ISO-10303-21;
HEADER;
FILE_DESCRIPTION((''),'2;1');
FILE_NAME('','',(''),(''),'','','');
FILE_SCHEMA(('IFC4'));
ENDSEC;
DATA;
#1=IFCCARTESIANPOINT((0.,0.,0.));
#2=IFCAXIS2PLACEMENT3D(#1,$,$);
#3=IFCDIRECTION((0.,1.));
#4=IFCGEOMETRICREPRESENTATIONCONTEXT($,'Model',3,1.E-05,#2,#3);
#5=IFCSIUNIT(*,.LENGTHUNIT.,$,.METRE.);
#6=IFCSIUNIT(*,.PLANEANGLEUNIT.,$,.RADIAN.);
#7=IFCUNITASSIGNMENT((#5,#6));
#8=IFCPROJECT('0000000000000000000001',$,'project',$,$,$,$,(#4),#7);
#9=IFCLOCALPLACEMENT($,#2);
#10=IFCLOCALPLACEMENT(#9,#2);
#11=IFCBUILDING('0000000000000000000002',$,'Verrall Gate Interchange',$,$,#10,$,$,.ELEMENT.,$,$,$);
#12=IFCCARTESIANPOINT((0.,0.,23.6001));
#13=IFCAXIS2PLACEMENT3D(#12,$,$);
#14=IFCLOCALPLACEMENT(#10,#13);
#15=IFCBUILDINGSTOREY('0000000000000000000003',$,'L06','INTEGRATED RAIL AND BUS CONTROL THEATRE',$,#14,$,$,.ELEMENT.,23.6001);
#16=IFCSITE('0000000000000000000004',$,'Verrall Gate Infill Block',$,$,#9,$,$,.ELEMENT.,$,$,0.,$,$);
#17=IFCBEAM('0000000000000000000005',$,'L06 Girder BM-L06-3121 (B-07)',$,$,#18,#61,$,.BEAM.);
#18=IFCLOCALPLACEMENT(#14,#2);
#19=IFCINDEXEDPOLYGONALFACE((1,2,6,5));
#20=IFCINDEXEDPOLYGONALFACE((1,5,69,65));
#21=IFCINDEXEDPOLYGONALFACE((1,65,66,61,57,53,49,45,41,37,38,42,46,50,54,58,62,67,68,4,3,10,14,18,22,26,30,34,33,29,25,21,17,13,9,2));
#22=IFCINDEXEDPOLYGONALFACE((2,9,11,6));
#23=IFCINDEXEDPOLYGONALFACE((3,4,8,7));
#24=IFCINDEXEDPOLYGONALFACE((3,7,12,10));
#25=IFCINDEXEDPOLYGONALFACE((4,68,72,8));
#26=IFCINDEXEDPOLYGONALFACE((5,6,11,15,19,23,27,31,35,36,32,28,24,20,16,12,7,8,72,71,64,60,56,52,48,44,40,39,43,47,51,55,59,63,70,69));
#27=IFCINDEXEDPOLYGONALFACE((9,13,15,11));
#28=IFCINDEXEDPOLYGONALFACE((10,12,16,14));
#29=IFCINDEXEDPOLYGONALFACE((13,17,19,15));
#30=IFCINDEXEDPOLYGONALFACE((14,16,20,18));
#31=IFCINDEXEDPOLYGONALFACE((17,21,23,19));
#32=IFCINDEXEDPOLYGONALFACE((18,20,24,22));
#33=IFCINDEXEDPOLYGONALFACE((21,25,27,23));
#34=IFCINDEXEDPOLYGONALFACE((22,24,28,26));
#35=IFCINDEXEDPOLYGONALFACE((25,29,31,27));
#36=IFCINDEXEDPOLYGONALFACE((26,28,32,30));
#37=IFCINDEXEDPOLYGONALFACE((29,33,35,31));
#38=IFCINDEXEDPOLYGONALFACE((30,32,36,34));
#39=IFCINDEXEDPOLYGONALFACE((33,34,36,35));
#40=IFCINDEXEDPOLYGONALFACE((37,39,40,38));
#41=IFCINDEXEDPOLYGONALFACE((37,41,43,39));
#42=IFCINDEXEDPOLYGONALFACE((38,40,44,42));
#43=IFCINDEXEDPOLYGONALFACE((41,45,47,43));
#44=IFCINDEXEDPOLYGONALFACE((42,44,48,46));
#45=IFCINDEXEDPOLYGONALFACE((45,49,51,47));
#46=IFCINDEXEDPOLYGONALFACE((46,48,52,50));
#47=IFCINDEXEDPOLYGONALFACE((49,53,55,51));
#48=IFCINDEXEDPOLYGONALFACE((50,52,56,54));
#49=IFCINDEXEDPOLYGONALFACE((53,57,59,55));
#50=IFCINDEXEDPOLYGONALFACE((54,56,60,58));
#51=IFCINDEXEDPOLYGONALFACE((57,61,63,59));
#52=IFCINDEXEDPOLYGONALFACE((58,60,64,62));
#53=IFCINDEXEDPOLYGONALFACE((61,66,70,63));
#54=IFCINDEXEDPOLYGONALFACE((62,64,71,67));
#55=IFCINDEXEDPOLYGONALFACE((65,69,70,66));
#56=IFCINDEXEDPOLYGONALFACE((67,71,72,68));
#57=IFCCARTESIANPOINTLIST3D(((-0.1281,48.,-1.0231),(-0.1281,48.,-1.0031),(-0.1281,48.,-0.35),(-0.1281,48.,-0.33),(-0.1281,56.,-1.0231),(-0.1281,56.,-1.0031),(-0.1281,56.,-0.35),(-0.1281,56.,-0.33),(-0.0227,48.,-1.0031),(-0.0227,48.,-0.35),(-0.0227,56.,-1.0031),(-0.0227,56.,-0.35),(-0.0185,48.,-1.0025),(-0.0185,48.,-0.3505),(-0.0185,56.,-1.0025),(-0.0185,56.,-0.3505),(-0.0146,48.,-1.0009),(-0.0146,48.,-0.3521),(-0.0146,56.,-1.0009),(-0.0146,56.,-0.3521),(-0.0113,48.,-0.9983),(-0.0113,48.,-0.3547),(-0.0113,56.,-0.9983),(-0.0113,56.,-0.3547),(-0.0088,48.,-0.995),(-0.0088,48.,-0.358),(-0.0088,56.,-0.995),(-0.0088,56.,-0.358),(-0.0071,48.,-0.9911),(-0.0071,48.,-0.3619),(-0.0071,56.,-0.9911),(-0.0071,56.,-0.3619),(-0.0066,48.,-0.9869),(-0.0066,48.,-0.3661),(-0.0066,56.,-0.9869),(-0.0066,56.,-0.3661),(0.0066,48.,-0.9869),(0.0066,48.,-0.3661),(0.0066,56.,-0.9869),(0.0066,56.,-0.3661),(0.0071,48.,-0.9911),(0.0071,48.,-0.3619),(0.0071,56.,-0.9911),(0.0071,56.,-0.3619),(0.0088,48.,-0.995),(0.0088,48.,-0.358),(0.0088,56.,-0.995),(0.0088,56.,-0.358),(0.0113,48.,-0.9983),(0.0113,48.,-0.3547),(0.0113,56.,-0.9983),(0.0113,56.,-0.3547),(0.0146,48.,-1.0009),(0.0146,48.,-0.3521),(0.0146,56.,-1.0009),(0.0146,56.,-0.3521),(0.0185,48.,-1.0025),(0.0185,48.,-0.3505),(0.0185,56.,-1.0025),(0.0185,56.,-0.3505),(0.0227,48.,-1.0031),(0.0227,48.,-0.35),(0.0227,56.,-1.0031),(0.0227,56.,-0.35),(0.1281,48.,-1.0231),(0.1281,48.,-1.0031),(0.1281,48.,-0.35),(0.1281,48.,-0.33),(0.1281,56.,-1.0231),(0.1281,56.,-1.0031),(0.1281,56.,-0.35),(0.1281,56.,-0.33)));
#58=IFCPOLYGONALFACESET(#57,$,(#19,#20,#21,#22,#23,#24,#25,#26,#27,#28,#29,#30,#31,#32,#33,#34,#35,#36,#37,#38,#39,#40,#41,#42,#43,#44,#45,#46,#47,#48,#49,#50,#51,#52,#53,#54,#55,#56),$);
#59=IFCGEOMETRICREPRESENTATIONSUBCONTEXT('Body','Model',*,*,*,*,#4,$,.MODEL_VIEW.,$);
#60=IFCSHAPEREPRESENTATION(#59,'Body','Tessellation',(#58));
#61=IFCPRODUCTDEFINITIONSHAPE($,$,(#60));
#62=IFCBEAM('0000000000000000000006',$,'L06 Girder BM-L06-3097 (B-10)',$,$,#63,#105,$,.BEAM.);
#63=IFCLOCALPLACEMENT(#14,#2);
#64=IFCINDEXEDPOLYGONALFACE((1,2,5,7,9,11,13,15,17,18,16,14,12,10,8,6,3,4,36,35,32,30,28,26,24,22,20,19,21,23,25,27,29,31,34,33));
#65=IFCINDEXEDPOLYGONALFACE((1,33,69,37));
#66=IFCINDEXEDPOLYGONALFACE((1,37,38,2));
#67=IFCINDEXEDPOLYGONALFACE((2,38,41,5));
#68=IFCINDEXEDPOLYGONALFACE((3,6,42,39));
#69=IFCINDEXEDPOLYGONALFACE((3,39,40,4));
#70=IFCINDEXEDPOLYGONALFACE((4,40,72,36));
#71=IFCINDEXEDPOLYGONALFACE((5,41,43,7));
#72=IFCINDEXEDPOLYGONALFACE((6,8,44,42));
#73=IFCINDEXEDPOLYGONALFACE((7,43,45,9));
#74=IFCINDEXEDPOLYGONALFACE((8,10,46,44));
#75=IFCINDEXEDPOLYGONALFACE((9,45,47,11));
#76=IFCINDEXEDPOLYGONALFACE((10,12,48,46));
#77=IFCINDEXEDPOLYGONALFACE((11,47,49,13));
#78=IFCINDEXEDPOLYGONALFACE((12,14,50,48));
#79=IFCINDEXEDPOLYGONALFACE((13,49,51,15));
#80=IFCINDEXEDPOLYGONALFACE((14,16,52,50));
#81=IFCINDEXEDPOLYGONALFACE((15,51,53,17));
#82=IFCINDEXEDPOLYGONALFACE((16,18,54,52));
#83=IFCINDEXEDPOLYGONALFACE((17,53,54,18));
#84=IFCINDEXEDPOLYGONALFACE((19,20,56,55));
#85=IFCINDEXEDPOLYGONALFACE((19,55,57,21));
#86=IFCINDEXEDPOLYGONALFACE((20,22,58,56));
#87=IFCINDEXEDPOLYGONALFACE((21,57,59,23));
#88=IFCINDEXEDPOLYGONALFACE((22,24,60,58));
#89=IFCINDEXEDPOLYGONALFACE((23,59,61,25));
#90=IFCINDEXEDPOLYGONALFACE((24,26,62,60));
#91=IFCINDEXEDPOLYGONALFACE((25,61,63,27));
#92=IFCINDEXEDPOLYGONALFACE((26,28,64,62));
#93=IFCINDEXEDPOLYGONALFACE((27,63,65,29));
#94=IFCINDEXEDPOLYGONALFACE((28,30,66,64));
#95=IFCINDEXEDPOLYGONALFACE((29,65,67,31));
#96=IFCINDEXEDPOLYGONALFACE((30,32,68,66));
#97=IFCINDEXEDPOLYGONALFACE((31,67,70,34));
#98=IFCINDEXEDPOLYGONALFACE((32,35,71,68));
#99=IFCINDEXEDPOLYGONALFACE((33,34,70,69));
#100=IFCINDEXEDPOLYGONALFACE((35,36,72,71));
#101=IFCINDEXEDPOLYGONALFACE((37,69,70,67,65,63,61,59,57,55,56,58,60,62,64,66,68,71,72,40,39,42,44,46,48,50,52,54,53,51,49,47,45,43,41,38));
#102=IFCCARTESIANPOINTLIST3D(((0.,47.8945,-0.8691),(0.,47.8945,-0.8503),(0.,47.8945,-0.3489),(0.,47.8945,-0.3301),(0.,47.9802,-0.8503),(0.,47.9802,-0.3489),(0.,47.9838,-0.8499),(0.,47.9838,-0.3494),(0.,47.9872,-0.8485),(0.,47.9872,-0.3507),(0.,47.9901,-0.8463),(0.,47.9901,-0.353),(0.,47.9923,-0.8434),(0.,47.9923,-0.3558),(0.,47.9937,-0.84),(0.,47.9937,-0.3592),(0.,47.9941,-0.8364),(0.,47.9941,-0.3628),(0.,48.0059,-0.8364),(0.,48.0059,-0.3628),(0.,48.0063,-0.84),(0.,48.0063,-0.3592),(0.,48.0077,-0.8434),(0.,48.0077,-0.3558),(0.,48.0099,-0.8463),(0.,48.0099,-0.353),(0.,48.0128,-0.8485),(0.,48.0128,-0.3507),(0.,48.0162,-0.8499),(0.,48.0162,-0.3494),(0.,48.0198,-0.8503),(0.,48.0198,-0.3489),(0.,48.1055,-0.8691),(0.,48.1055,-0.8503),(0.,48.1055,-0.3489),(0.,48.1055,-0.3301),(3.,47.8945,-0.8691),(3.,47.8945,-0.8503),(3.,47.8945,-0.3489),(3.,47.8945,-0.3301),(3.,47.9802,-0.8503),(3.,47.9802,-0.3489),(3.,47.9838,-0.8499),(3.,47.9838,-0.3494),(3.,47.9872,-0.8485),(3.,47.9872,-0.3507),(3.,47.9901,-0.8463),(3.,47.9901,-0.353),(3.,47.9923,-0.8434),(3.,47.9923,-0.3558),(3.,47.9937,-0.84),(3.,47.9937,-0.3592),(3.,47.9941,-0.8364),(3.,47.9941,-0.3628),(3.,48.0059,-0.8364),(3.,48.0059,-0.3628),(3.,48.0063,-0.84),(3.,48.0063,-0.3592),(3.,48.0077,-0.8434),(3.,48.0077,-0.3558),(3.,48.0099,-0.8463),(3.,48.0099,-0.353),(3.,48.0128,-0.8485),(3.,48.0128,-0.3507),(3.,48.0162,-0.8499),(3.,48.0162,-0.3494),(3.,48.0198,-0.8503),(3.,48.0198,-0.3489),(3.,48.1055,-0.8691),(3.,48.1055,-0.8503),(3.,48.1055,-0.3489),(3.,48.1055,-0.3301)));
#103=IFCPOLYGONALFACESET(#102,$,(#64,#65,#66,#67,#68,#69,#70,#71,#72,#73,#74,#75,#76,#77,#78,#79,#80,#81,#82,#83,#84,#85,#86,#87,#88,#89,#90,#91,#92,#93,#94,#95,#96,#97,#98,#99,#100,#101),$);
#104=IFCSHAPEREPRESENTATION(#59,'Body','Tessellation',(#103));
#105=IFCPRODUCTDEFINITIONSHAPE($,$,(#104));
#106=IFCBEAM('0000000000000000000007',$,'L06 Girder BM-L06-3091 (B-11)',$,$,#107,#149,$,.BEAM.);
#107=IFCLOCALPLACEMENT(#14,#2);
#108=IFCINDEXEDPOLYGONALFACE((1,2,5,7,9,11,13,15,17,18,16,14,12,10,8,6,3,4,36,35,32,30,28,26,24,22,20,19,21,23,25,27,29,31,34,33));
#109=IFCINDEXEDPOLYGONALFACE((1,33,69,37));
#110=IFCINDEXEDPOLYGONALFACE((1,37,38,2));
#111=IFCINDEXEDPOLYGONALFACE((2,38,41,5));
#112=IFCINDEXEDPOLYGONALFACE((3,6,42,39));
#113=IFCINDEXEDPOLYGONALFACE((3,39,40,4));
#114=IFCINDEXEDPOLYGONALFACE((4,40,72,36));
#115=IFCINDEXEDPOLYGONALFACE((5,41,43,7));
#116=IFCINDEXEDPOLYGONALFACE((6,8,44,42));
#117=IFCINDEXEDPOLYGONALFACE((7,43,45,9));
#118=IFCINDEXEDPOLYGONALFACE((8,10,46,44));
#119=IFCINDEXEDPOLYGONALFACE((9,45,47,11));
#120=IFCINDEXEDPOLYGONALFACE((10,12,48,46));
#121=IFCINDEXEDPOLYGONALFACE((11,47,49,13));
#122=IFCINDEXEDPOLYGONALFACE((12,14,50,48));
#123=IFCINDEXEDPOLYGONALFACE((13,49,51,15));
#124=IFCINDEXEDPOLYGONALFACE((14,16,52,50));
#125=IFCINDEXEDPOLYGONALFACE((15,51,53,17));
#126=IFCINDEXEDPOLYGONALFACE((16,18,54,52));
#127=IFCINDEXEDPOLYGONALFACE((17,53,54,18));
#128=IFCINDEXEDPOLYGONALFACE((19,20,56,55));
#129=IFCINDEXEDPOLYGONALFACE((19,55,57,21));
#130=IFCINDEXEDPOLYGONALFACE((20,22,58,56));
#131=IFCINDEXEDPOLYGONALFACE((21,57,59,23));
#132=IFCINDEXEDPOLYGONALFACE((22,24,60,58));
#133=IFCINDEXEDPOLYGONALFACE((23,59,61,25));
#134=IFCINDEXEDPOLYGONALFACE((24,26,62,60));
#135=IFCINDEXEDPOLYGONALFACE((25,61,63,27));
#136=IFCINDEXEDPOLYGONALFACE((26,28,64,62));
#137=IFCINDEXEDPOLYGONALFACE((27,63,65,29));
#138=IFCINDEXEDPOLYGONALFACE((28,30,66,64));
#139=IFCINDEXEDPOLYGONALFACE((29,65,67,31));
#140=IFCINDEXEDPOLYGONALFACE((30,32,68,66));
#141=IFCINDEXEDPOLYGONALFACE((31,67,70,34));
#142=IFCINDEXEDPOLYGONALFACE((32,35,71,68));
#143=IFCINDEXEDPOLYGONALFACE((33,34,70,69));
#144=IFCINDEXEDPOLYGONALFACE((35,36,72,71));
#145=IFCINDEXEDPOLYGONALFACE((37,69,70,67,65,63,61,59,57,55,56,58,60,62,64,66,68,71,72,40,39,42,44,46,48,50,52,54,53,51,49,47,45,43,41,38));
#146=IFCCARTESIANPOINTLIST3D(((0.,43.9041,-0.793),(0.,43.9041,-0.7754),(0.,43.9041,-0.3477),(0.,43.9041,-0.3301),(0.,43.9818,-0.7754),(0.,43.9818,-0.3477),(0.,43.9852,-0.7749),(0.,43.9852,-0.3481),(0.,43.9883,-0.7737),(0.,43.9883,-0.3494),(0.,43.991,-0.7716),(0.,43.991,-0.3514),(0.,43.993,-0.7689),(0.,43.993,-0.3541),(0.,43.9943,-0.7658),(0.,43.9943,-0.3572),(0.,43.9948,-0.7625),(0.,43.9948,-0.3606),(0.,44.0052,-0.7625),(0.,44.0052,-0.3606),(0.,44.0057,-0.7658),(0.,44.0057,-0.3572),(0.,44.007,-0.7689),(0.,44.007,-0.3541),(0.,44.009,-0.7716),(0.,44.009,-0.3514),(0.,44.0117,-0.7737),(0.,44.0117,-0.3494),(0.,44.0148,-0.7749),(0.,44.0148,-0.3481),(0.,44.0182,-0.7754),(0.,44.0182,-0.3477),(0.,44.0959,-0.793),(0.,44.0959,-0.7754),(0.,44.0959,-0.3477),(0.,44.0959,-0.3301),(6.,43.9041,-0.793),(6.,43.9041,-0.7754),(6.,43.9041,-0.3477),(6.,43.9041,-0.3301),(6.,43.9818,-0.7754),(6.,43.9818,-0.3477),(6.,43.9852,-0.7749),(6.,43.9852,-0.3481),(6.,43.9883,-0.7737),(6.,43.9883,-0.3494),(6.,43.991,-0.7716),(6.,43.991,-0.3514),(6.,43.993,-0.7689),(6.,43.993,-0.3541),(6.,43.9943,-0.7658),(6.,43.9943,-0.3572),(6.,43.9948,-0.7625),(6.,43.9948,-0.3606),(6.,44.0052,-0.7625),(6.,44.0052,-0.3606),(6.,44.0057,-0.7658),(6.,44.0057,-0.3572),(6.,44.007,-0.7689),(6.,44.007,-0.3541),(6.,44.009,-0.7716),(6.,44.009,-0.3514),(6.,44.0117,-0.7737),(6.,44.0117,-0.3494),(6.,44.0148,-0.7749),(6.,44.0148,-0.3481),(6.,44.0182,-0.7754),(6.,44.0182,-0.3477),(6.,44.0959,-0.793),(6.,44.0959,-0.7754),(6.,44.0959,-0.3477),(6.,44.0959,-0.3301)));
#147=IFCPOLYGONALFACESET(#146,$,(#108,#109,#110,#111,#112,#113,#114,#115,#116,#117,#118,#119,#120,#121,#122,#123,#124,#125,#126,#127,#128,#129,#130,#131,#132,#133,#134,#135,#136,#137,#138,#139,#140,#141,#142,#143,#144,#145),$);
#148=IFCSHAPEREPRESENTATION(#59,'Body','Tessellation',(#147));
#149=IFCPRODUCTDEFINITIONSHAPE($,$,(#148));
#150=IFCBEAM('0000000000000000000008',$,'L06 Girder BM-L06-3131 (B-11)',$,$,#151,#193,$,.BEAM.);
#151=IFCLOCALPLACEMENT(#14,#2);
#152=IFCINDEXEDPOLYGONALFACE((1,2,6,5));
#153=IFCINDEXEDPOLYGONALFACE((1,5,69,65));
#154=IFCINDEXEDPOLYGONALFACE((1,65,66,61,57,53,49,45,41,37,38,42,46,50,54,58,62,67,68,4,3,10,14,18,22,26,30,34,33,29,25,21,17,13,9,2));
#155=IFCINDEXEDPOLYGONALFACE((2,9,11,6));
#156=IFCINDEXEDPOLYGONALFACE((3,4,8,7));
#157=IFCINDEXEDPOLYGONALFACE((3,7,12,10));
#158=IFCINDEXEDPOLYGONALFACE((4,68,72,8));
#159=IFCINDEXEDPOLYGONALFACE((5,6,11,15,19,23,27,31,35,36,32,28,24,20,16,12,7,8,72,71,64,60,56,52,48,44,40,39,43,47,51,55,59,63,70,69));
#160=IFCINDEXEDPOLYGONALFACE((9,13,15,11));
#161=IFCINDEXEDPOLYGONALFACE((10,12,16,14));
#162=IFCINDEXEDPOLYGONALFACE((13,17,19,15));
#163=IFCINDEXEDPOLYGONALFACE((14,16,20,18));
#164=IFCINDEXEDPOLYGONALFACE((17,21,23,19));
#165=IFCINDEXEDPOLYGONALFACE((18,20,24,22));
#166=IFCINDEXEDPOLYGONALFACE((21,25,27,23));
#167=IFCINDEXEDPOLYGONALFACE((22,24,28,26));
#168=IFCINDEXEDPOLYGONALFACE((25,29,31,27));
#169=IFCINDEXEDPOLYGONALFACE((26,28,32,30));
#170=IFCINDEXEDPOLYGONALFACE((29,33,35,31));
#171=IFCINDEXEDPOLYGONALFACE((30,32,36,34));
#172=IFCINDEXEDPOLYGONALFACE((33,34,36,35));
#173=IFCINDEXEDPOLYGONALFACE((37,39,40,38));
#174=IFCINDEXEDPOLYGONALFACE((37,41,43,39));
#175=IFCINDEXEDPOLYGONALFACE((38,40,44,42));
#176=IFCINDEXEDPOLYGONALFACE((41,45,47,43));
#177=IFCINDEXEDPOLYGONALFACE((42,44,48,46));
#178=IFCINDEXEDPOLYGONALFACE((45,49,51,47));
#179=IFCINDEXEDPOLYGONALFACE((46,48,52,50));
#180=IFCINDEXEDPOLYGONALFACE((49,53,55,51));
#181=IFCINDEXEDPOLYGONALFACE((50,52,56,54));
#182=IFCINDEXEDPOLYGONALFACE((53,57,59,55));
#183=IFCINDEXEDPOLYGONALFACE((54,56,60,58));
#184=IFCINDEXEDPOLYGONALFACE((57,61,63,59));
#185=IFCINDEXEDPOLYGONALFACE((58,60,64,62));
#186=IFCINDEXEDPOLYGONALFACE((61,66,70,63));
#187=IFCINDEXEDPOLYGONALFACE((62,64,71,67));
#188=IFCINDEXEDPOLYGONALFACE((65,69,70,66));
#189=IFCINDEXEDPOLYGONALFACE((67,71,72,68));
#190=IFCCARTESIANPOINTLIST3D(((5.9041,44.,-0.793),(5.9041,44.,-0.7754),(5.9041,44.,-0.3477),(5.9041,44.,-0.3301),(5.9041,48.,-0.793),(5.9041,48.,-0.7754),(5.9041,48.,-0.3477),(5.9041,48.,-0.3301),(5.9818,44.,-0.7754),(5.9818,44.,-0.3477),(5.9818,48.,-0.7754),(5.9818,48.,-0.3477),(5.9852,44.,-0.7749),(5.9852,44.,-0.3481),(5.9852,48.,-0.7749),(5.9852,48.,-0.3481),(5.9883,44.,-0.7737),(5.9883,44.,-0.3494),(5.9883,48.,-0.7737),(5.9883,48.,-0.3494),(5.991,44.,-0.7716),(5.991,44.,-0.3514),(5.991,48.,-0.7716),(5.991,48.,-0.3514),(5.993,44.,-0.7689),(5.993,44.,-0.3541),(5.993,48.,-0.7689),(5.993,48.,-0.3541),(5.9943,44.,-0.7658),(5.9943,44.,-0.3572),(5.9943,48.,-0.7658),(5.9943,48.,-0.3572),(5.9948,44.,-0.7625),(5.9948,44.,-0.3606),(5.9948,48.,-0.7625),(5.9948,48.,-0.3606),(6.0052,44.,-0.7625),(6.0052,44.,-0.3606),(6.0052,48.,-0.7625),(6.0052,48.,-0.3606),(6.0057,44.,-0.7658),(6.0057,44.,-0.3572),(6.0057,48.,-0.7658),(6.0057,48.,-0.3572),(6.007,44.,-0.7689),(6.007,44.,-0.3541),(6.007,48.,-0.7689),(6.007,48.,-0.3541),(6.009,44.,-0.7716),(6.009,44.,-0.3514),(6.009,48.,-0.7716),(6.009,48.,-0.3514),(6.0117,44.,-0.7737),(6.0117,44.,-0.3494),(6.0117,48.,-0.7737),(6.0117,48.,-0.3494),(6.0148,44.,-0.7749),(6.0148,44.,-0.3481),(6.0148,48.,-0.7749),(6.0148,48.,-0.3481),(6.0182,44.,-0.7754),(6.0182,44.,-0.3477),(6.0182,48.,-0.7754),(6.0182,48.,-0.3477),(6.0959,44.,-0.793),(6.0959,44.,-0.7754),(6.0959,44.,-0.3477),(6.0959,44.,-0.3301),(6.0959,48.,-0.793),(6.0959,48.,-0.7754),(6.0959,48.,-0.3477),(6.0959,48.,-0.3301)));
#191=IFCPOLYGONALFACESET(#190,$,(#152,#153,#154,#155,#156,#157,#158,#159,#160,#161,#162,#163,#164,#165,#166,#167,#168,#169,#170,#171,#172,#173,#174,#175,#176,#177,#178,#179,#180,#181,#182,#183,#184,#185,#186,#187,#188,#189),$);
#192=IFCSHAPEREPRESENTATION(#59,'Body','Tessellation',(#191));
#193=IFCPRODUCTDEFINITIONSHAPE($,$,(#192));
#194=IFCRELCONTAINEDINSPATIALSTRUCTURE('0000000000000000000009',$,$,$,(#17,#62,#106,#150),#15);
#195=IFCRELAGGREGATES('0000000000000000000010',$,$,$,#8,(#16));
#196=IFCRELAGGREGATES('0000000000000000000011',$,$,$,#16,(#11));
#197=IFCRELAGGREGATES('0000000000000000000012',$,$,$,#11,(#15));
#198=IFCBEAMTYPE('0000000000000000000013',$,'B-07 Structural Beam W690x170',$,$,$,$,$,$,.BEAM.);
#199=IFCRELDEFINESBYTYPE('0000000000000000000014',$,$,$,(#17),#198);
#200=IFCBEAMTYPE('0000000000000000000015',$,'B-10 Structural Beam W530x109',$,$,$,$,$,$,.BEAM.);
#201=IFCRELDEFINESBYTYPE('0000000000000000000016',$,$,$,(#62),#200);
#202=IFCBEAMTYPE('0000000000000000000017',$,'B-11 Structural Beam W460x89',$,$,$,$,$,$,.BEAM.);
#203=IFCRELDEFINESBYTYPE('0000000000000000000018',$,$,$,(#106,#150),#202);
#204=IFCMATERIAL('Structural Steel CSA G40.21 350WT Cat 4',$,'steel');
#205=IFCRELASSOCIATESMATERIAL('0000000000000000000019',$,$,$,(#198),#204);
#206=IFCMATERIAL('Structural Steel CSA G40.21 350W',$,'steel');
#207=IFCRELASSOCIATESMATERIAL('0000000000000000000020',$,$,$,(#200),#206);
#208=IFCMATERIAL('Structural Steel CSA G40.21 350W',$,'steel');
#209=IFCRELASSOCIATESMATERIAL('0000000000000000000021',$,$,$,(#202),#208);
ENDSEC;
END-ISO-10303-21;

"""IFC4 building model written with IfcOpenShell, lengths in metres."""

from ifc_helpers import new_model, si_unit, direction, frame, origin, origin_2d, place, context, subcontext, project, spatial, i_section, extrude, material, material_profile, profile_set, type_object, element, save


model = new_model("IFC4")

# Units and contexts
model_context = context("Model", 3, precision=1e-05, world=origin(), true_north=direction((0.0, 1.0)))
body_context = subcontext(model_context, "Body", "Model", "MODEL_VIEW")
ifc_project = project(units=[si_unit("LENGTHUNIT", "METRE"), si_unit("PLANEANGLEUNIT", "RADIAN")], contexts=[model_context])

# Site, building, storey
site_placement = place(None, origin())
site = spatial("IfcSite", under=ifc_project, at=site_placement, Name="Verrall Gate Infill Block", CompositionType="ELEMENT", RefElevation=0.0)
building_placement = place(site_placement, origin())
building = spatial("IfcBuilding", under=site, at=building_placement, Name="Verrall Gate Interchange", CompositionType="ELEMENT")
storey_placement = place(building_placement, frame((0.0, 0.0, 23.6001)))
storey = spatial("IfcBuildingStorey", under=building, at=storey_placement, Name="L06", Description="INTEGRATED RAIL AND BUS CONTROL THEATRE", CompositionType="ELEMENT", Elevation=23.6001)

# Beams
ifc_material_1 = material(Name="Structural Steel CSA G40.21 350WT Cat 4", Category="steel")
ifc_material_profile_1 = material_profile(ifc_material_1, i_section(OverallWidth=0.2561, OverallDepth=0.6931, WebThickness=0.0132, FlangeThickness=0.02, FilletRadius=0.0161, at=origin_2d()), Name="W690x170")
ifc_profile_set_1 = profile_set([ifc_material_profile_1], Name="Structural Steel CSA G40.21 350WT Cat 4")
beam_type_1 = type_object("IfcBeamType", Name="B-07 Structural Beam W690x170", PredefinedType="BEAM", material=ifc_profile_set_1)
beam_1_placement = place(storey_placement, frame((0.0, 48.0, -0.6765), z_axis=(0.0, 1.0, 0.0), x_axis=(-1.0, 0.0, 0.0)))
element("IfcBeam", 1, at=beam_1_placement, inside=storey, type_object=beam_type_1, Name="L06 Girder BM-L06-3121 (B-07)", PredefinedType="BEAM", context=body_context, shape_type="SweptSolid", body=[
    extrude(i_section(OverallWidth=0.2561, OverallDepth=0.6931, WebThickness=0.0132, FlangeThickness=0.02, FilletRadius=0.0161, at=origin_2d()), origin(), (0.0, 0.0, 1.0), 8.0),
])
ifc_material_2 = material(Name="Structural Steel CSA G40.21 350W", Category="steel")
ifc_material_profile_2 = material_profile(ifc_material_2, i_section(OverallWidth=0.2109, OverallDepth=0.5391, WebThickness=0.0117, FlangeThickness=0.0188, FilletRadius=0.0139, at=origin_2d()), Name="W530x109")
ifc_profile_set_2 = profile_set([ifc_material_profile_2], Name="Structural Steel CSA G40.21 350W")
beam_type_2 = type_object("IfcBeamType", Name="B-10 Structural Beam W530x109", PredefinedType="BEAM", material=ifc_profile_set_2)
beam_2_placement = place(storey_placement, frame((0.0, 48.0, -0.5996), z_axis=(1.0, 0.0, 0.0), x_axis=(0.0, 1.0, 0.0)))
element("IfcBeam", 2, at=beam_2_placement, inside=storey, type_object=beam_type_2, Name="L06 Girder BM-L06-3097 (B-10)", PredefinedType="BEAM", context=body_context, shape_type="SweptSolid", body=[
    extrude(i_section(OverallWidth=0.2109, OverallDepth=0.5391, WebThickness=0.0117, FlangeThickness=0.0188, FilletRadius=0.0139, at=origin_2d()), origin(), (0.0, 0.0, 1.0), 3.0),
])
ifc_material_3 = material(Name="Structural Steel CSA G40.21 350W", Category="steel")
ifc_material_profile_3 = material_profile(ifc_material_3, i_section(OverallWidth=0.1919, OverallDepth=0.4629, WebThickness=0.0105, FlangeThickness=0.0176, FilletRadius=0.0129, at=origin_2d()), Name="W460x89")
ifc_profile_set_3 = profile_set([ifc_material_profile_3], Name="Structural Steel CSA G40.21 350W")
beam_type_3 = type_object("IfcBeamType", Name="B-11 Structural Beam W460x89", PredefinedType="BEAM", material=ifc_profile_set_3)
beam_3_placement = place(storey_placement, frame((0.0, 44.0, -0.5615), z_axis=(1.0, 0.0, 0.0), x_axis=(0.0, 1.0, 0.0)))
element("IfcBeam", 3, at=beam_3_placement, inside=storey, type_object=beam_type_3, Name="L06 Girder BM-L06-3091 (B-11)", PredefinedType="BEAM", context=body_context, shape_type="SweptSolid", body=[
    extrude(i_section(OverallWidth=0.1919, OverallDepth=0.4629, WebThickness=0.0105, FlangeThickness=0.0176, FilletRadius=0.0129, at=origin_2d()), origin(), (0.0, 0.0, 1.0), 6.0),
])
beam_4_placement = place(storey_placement, frame((6.0, 44.0, -0.5615), z_axis=(0.0, 1.0, 0.0), x_axis=(-1.0, 0.0, 0.0)))
element("IfcBeam", 4, at=beam_4_placement, inside=storey, type_object=beam_type_3, Name="L06 Girder BM-L06-3131 (B-11)", PredefinedType="BEAM", context=body_context, shape_type="SweptSolid", body=[
    extrude(i_section(OverallWidth=0.1919, OverallDepth=0.4629, WebThickness=0.0105, FlangeThickness=0.0176, FilletRadius=0.0129, at=origin_2d()), origin(), (0.0, 0.0, 1.0), 4.0),
])

save(model, "model.ifc")
